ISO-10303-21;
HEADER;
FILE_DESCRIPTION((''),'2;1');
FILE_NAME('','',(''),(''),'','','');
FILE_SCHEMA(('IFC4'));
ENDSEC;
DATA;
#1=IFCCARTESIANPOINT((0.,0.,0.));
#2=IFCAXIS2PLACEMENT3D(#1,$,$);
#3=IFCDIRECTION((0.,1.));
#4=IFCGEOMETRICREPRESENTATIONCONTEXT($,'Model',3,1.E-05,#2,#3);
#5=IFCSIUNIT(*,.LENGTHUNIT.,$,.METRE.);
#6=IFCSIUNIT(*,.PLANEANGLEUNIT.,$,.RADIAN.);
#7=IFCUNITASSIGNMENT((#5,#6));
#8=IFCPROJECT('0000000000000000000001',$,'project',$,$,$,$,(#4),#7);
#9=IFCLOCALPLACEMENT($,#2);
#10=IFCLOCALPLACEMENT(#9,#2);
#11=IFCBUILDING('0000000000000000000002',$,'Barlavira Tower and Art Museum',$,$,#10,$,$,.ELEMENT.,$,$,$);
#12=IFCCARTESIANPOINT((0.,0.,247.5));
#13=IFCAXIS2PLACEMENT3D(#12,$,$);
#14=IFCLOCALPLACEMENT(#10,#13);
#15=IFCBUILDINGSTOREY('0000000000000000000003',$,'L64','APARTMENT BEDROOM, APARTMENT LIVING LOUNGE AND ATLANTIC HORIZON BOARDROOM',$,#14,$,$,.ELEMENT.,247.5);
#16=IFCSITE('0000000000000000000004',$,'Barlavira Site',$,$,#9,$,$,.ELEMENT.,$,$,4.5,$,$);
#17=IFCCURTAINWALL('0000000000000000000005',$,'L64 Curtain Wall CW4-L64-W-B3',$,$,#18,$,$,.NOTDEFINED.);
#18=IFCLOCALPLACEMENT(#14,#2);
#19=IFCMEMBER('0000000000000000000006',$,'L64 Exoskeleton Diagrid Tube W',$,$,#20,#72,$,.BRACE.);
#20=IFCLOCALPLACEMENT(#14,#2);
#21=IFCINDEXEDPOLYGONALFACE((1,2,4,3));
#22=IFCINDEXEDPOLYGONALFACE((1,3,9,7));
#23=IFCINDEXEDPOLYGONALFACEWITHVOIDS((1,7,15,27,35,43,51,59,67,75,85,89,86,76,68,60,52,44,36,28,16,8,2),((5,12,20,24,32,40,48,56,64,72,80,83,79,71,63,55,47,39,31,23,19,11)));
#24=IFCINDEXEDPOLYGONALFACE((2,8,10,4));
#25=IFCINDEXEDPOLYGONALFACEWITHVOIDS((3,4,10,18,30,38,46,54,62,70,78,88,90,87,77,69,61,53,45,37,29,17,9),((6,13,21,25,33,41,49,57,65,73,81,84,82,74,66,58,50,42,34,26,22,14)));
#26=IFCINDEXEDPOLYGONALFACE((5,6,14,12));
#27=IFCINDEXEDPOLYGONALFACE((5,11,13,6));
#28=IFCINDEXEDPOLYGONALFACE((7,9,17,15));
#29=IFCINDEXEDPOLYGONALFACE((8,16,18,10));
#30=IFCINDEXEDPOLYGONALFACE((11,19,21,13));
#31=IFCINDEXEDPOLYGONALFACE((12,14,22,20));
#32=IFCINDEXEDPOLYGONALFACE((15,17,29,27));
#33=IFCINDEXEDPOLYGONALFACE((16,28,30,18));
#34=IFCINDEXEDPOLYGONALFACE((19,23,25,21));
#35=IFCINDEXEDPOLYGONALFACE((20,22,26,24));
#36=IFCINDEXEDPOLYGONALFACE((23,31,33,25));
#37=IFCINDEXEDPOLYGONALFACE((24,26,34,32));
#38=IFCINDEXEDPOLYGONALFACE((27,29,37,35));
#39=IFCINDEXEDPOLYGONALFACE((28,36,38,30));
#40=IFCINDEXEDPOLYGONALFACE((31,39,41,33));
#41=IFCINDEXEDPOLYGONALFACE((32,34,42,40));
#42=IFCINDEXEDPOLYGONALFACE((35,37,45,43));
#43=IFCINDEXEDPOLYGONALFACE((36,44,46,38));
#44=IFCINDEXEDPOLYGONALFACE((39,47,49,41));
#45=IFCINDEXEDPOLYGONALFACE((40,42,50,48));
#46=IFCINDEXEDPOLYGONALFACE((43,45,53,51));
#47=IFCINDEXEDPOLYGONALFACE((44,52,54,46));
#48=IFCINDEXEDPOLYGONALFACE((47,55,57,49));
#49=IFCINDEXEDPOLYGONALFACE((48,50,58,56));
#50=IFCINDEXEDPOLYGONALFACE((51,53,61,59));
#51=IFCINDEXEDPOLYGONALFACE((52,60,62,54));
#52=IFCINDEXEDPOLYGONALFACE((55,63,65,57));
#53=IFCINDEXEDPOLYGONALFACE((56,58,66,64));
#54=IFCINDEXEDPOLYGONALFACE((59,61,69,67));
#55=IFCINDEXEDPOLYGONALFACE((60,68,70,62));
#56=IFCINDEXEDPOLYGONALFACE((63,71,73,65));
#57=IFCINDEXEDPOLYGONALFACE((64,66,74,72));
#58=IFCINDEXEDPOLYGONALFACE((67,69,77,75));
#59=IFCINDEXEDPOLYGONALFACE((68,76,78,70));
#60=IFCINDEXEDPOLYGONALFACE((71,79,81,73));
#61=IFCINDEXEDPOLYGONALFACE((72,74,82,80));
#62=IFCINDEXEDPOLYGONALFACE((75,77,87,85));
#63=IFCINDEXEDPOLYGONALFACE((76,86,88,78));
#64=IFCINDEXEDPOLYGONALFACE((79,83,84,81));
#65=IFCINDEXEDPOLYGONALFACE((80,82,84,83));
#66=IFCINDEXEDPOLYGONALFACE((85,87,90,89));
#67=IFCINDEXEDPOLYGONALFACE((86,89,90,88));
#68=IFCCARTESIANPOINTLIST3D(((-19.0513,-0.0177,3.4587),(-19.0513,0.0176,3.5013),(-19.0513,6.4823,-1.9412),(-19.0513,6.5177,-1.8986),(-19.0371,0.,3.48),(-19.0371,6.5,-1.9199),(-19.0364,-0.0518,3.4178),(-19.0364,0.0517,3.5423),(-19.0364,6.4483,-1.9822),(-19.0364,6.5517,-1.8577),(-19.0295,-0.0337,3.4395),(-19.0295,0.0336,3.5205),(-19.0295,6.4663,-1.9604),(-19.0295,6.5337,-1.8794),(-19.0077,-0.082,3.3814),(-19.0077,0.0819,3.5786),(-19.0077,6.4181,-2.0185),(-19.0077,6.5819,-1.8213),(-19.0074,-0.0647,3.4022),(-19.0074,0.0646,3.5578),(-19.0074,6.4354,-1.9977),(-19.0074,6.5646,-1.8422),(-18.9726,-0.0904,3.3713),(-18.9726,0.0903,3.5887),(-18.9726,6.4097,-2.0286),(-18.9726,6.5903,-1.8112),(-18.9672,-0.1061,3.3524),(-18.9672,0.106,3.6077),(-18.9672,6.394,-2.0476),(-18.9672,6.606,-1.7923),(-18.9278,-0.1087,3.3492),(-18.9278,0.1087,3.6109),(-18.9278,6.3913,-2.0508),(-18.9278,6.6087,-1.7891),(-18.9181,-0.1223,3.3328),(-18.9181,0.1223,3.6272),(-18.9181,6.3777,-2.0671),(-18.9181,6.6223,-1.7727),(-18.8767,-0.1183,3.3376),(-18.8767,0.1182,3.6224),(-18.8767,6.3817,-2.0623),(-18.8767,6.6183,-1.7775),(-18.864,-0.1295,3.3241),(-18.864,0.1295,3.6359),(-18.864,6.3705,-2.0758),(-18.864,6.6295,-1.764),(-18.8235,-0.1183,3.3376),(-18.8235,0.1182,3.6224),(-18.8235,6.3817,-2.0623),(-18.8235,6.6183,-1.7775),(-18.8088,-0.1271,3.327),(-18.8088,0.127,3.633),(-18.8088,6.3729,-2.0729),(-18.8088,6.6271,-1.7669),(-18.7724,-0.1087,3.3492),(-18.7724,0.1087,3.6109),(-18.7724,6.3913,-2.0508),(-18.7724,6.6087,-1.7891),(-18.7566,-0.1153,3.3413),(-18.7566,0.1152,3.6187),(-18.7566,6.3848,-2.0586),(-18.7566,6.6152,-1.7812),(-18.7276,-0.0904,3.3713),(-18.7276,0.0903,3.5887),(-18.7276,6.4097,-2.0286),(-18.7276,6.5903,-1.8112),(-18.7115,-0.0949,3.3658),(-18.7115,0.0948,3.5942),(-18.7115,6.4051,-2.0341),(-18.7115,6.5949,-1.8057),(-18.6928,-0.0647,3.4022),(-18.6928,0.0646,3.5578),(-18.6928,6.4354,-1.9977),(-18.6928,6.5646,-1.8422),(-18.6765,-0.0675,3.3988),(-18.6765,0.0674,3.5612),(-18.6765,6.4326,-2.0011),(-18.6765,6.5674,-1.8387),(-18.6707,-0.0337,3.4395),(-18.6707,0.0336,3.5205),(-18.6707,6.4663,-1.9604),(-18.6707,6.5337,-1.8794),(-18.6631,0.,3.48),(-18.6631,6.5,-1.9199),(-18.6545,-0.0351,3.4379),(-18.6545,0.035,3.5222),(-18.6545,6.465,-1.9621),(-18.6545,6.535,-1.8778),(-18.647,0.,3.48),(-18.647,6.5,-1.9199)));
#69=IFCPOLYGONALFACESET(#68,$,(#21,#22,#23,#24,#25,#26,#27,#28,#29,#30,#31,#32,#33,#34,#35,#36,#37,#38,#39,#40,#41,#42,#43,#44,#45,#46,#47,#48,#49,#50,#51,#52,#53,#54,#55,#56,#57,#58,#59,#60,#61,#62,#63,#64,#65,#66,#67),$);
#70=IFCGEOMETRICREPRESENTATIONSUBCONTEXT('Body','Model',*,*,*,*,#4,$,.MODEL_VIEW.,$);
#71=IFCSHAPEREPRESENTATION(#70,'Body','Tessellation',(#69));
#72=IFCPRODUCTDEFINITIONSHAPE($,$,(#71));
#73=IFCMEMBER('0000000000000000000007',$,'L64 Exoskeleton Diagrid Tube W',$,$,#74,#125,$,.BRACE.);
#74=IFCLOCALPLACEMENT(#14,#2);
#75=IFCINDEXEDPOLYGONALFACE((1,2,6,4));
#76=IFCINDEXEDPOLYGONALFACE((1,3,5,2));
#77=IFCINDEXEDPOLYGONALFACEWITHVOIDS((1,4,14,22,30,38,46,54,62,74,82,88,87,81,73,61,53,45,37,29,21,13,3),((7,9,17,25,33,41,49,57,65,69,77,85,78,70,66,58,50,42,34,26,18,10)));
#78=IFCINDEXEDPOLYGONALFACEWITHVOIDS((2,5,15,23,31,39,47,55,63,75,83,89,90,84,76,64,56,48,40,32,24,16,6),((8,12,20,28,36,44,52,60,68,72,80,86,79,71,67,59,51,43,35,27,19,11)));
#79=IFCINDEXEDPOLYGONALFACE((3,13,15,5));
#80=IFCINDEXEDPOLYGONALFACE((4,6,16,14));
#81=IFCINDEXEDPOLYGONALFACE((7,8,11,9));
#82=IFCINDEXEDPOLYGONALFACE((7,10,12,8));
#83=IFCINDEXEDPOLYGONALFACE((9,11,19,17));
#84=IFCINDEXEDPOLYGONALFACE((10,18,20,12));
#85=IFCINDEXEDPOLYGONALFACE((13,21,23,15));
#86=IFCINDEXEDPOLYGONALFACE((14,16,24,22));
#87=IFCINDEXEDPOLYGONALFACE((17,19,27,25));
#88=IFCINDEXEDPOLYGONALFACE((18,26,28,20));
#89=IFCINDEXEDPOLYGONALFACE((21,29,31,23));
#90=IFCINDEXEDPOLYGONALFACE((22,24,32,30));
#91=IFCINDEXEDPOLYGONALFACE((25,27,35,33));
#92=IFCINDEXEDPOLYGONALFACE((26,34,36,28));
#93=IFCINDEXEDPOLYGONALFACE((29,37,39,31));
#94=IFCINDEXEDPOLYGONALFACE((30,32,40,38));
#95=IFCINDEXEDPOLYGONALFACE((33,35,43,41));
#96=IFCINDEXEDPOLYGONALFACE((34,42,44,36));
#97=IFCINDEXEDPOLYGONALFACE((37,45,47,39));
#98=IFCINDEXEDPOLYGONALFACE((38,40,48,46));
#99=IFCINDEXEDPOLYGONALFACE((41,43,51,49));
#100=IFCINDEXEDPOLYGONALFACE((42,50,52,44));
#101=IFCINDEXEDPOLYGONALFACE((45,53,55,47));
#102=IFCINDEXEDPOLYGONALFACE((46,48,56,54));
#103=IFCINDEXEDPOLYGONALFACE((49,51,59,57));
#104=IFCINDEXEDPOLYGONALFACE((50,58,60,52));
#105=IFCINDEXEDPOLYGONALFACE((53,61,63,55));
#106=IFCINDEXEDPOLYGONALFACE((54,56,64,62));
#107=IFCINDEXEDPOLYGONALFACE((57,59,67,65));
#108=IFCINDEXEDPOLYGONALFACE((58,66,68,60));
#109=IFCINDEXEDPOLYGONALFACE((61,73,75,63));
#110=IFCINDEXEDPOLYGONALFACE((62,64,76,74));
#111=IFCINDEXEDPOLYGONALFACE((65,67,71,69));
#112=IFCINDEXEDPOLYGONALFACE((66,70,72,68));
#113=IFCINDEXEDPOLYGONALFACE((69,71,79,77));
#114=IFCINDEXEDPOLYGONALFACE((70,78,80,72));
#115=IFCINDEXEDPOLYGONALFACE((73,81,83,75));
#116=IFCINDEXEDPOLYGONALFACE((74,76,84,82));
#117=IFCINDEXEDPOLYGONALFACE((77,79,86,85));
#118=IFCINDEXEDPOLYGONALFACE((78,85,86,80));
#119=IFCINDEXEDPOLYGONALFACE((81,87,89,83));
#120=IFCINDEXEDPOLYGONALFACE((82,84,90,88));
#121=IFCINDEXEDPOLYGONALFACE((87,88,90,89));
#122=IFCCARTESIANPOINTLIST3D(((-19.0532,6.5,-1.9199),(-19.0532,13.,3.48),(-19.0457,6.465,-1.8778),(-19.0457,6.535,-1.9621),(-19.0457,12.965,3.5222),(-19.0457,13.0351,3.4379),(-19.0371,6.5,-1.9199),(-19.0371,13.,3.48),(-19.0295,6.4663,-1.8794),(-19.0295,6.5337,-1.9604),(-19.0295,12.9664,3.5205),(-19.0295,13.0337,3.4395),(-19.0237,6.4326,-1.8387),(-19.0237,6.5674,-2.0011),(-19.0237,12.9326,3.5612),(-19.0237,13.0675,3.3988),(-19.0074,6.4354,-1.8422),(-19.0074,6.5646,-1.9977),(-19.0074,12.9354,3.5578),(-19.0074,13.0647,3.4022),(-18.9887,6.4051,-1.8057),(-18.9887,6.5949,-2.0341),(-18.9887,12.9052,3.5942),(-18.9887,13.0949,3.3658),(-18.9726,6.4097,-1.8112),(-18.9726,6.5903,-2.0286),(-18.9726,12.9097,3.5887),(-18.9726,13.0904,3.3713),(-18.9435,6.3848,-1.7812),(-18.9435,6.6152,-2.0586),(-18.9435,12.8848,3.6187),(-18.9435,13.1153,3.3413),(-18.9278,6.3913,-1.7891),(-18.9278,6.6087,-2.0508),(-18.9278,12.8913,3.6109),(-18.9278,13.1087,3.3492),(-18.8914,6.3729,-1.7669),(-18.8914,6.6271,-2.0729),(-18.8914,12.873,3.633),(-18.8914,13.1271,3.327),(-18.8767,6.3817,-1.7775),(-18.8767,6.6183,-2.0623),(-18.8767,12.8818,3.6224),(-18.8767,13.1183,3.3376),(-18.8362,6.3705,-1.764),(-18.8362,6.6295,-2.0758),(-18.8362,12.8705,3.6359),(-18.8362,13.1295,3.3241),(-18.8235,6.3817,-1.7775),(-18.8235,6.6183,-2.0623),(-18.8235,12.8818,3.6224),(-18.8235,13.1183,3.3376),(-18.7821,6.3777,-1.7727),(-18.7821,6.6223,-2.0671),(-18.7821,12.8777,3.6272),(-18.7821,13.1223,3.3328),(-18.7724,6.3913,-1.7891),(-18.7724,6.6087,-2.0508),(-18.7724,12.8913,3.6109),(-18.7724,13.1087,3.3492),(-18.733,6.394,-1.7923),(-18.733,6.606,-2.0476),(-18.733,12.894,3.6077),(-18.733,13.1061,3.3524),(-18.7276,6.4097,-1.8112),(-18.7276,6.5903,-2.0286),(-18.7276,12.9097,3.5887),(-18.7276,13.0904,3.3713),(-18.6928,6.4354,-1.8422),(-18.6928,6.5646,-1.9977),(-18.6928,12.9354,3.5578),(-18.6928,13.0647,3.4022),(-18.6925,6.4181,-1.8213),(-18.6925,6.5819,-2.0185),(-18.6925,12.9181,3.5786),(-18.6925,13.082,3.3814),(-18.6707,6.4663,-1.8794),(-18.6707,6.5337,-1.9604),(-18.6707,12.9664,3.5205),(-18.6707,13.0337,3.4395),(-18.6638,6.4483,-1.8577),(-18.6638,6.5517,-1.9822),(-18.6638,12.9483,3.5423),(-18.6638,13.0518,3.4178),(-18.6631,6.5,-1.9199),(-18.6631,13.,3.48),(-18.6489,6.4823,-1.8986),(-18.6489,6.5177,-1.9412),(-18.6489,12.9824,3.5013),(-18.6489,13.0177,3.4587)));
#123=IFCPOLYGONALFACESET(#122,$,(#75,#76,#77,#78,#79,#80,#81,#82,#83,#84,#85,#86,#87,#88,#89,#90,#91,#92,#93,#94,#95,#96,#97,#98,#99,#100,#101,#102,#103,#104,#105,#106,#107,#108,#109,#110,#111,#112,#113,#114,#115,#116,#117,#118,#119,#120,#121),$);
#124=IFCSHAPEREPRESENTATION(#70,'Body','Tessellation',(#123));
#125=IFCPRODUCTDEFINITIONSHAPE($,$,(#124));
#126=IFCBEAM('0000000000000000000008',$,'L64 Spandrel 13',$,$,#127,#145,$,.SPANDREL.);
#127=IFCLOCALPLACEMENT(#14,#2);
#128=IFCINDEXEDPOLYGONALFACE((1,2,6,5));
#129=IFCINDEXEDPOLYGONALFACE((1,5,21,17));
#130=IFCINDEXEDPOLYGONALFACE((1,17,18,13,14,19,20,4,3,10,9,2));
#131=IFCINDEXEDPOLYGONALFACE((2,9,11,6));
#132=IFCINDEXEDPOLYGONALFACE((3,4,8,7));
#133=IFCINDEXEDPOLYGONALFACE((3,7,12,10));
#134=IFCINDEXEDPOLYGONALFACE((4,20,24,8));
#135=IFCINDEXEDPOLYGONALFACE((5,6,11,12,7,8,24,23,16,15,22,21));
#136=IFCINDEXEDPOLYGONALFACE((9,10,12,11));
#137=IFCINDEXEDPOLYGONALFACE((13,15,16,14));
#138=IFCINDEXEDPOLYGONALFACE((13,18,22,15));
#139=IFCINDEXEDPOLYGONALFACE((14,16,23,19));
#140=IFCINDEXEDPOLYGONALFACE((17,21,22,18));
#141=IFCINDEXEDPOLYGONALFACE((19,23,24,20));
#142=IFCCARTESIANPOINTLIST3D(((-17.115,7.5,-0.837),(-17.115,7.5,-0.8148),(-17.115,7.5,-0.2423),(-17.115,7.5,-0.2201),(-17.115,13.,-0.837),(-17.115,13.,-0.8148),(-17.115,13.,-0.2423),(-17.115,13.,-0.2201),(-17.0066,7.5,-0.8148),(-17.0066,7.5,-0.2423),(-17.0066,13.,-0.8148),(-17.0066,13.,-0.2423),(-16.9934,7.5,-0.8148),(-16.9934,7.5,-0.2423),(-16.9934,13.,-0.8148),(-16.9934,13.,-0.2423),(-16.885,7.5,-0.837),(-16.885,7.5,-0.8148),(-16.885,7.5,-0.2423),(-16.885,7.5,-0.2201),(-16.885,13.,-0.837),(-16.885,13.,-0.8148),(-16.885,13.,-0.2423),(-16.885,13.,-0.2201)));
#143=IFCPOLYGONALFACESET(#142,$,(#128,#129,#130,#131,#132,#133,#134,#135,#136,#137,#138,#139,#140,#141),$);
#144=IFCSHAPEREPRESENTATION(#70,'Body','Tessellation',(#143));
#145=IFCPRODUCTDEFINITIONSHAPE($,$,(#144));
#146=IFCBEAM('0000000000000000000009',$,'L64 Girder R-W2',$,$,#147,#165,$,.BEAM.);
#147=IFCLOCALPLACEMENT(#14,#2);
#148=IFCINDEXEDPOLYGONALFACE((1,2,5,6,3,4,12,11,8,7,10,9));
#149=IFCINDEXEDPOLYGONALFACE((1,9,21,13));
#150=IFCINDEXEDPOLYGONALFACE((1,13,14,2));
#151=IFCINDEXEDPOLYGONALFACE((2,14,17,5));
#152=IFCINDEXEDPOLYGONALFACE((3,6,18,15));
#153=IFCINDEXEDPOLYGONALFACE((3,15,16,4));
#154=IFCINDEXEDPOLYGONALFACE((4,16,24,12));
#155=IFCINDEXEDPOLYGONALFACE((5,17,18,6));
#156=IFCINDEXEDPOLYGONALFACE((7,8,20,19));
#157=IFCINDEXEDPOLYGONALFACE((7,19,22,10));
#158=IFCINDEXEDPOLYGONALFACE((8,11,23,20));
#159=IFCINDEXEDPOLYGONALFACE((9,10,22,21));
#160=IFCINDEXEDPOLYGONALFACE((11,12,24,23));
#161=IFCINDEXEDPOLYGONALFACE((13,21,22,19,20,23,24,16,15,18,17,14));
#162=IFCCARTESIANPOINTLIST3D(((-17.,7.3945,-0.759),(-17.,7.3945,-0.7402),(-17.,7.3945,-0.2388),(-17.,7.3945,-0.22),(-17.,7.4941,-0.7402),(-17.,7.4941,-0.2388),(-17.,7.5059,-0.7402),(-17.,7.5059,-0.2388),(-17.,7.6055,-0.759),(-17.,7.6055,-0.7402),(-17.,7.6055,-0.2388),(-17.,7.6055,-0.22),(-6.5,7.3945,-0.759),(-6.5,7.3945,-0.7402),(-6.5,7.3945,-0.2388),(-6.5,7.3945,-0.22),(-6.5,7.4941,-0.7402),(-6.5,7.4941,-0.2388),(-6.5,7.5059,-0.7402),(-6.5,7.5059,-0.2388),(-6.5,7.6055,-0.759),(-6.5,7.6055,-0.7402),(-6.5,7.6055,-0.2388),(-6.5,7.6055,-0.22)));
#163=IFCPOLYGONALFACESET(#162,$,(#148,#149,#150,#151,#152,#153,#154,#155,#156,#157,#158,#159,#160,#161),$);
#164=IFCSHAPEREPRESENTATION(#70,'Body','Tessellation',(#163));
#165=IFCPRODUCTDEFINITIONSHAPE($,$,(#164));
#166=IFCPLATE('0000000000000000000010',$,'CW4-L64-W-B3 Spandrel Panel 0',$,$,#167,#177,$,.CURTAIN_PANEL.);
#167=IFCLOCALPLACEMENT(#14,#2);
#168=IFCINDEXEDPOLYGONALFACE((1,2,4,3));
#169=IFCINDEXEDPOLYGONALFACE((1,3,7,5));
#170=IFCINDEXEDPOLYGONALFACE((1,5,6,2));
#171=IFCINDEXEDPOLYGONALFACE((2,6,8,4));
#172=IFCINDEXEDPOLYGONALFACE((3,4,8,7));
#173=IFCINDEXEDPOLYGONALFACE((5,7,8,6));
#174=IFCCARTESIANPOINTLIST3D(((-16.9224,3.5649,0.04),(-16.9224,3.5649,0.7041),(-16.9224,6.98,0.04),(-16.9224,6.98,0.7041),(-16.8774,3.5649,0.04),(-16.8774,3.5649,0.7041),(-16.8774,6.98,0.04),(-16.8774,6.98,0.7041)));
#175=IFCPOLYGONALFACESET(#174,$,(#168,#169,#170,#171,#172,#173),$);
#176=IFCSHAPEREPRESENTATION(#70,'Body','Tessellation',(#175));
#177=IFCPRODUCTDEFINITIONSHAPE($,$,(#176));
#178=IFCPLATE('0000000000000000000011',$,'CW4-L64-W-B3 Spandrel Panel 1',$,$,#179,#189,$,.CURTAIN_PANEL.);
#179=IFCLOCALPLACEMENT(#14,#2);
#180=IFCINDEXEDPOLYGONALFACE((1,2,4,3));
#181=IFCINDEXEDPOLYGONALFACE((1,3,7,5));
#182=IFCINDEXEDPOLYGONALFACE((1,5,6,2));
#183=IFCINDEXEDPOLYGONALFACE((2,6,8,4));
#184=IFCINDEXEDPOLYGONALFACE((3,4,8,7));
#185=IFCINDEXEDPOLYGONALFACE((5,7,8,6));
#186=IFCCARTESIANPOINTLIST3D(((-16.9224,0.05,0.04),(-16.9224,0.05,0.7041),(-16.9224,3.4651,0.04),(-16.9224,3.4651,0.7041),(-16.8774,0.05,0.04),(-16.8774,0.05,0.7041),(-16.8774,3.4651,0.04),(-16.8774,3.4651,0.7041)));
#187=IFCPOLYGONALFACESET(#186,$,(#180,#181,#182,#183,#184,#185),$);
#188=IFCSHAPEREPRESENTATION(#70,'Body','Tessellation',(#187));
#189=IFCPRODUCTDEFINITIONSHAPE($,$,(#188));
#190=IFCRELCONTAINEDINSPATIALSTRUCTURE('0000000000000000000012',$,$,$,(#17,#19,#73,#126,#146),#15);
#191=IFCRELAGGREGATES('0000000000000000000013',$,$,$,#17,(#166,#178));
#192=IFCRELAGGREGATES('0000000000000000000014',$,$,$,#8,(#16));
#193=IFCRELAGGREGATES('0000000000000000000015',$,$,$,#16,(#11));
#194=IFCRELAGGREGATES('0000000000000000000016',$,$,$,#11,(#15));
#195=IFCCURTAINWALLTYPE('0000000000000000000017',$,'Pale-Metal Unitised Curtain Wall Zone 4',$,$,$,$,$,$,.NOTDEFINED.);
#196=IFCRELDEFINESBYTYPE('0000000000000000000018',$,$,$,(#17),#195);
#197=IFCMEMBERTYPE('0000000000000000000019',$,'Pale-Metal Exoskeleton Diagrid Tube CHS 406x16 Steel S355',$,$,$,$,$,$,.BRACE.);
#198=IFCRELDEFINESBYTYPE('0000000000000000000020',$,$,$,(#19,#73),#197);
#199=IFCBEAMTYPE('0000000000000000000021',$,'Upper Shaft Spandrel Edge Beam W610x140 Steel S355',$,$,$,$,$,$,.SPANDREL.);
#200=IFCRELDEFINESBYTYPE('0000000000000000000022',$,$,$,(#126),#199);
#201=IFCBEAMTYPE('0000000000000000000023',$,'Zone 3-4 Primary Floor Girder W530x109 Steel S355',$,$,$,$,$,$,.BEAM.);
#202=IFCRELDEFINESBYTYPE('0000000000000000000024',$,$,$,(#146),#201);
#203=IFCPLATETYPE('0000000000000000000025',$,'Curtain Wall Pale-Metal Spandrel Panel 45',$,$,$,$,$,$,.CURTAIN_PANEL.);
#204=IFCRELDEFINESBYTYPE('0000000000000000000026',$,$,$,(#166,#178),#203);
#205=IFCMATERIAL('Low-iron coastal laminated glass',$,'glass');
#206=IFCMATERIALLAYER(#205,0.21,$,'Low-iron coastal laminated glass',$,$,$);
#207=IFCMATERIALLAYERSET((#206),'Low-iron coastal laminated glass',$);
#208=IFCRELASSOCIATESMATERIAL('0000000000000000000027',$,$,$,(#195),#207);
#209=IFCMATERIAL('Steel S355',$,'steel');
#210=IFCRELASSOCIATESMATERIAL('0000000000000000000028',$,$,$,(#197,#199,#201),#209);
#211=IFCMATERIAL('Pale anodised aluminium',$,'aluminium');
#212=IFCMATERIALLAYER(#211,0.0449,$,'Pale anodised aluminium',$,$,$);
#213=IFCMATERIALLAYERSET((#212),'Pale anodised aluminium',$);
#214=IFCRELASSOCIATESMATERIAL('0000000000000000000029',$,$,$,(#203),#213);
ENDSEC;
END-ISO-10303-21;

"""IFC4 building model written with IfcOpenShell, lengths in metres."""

from ifc_helpers import new_model, si_unit, direction, frame, origin, origin_2d, place, context, subcontext, project, spatial, rectangle, hollow_circle, i_section, extrude, material, layer, layer_set, material_profile, profile_set, type_object, element, aggregate, save


model = new_model("IFC4")

# Units and contexts
model_context = context("Model", 3, precision=1e-05, world=origin(), true_north=direction((0.0, 1.0)))
body_context = subcontext(model_context, "Body", "Model", "MODEL_VIEW")
ifc_project = project(units=[si_unit("LENGTHUNIT", "METRE"), si_unit("PLANEANGLEUNIT", "RADIAN")], contexts=[model_context])

# Site, building, storey
site_placement = place(None, origin())
site = spatial("IfcSite", under=ifc_project, at=site_placement, Name="Barlavira Site", CompositionType="ELEMENT", RefElevation=4.5)
building_placement = place(site_placement, origin())
building = spatial("IfcBuilding", under=site, at=building_placement, Name="Barlavira Tower and Art Museum", CompositionType="ELEMENT")
storey_placement = place(building_placement, frame((0.0, 0.0, 247.5)))
storey = spatial("IfcBuildingStorey", under=building, at=storey_placement, Name="L64", Description="APARTMENT BEDROOM, APARTMENT LIVING LOUNGE AND ATLANTIC HORIZON BOARDROOM", CompositionType="ELEMENT", Elevation=247.5)

# Curtain wall
ifc_material_1 = material(Name="Low-iron coastal laminated glass", Category="glass")
ifc_layer_1 = layer(ifc_material_1, 0.21, Name="Low-iron coastal laminated glass")
ifc_layer_set_1 = layer_set([ifc_layer_1], Name="Low-iron coastal laminated glass")
curtain_wall_type = type_object("IfcCurtainWallType", Name="Pale-Metal Unitised Curtain Wall Zone 4", PredefinedType="NOTDEFINED", material=ifc_layer_set_1)
curtain_wall_placement = place(storey_placement, origin())
curtain_wall = element("IfcCurtainWall", 1, at=curtain_wall_placement, inside=storey, type_object=curtain_wall_type, Name="L64 Curtain Wall CW4-L64-W-B3", PredefinedType="NOTDEFINED")
ifc_material_2 = material(Name="Pale anodised aluminium", Category="aluminium")

# Members
ifc_material_3 = material(Name="Steel S355", Category="steel")
ifc_material_profile_1 = material_profile(ifc_material_3, hollow_circle(Radius=0.2031, WallThickness=0.0161, at=origin_2d()), Name="CHS 406.4x16.0")
ifc_profile_set_1 = profile_set([ifc_material_profile_1], Name="Steel S355")
member_type_1 = type_object("IfcMemberType", Name="Pale-Metal Exoskeleton Diagrid Tube CHS 406x16 Steel S355", PredefinedType="BRACE", material=ifc_profile_set_1)
for number, where, z_axis, x_axis, name in (
    (2, (-18.8501, 6.5, -1.9199), (0.0, -0.769196, 0.639013), (1.0, 0.0, 0.0), "L64 Exoskeleton Diagrid Tube W"),
    (3, (-18.8501, 6.5, -1.9199), (0.0, 0.769196, 0.639013), (-1.0, 0.0, 0.0), "L64 Exoskeleton Diagrid Tube W"),
):
    element("IfcMember", number, at=place(storey_placement, frame(where, z_axis=z_axis, x_axis=x_axis)), inside=storey, type_object=member_type_1, Name=name, PredefinedType="BRACE", context=body_context, shape_type="SweptSolid", body=[
        extrude(hollow_circle(Radius=0.2031, WallThickness=0.0161, at=origin_2d()), origin(), (0.0, 0.0, 1.0), 8.4504),
    ])

# Beams
ifc_material_profile_2 = material_profile(ifc_material_3, i_section(OverallWidth=0.23, OverallDepth=0.6169, WebThickness=0.0132, FlangeThickness=0.0222, at=origin_2d()), Name="W610x140.0")
ifc_profile_set_2 = profile_set([ifc_material_profile_2], Name="Steel S355")
beam_type_1 = type_object("IfcBeamType", Name="Upper Shaft Spandrel Edge Beam W610x140 Steel S355", PredefinedType="SPANDREL", material=ifc_profile_set_2)
beam_1_placement = place(storey_placement, frame((-17.0, 7.5, -0.5286), z_axis=(0.0, 1.0, 0.0), x_axis=(-1.0, 0.0, 0.0)))
element("IfcBeam", 4, at=beam_1_placement, inside=storey, type_object=beam_type_1, Name="L64 Spandrel 13", PredefinedType="SPANDREL", context=body_context, shape_type="SweptSolid", body=[
    extrude(i_section(OverallWidth=0.23, OverallDepth=0.6169, WebThickness=0.0132, FlangeThickness=0.0222, at=origin_2d()), origin(), (0.0, 0.0, 1.0), 5.5),
])
ifc_material_profile_3 = material_profile(ifc_material_3, i_section(OverallWidth=0.2109, OverallDepth=0.5391, WebThickness=0.0117, FlangeThickness=0.0188, at=origin_2d()), Name="W530x109.0")
ifc_profile_set_3 = profile_set([ifc_material_profile_3], Name="Steel S355")
beam_type_2 = type_object("IfcBeamType", Name="Zone 3-4 Primary Floor Girder W530x109 Steel S355", PredefinedType="BEAM", material=ifc_profile_set_3)
beam_2_placement = place(storey_placement, frame((-17.0, 7.5, -0.4895), z_axis=(1.0, 0.0, 0.0), x_axis=(0.0, 1.0, 0.0)))
element("IfcBeam", 5, at=beam_2_placement, inside=storey, type_object=beam_type_2, Name="L64 Girder R-W2", PredefinedType="BEAM", context=body_context, shape_type="SweptSolid", body=[
    extrude(i_section(OverallWidth=0.2109, OverallDepth=0.5391, WebThickness=0.0117, FlangeThickness=0.0188, at=origin_2d()), origin(), (0.0, 0.0, 1.0), 10.5),
])

# Plates
ifc_layer_2 = layer(ifc_material_2, 0.0449, Name="Pale anodised aluminium")
ifc_layer_set_2 = layer_set([ifc_layer_2], Name="Pale anodised aluminium")
plate_type_1 = type_object("IfcPlateType", Name="Curtain Wall Pale-Metal Spandrel Panel 45", PredefinedType="CURTAIN_PANEL", material=ifc_layer_set_2)
plate_1_placement = place(storey_placement, frame((-16.8999, 5.2725, 0.04), z_axis=(0.0, 0.0, 1.0), x_axis=(0.0, -1.0, 0.0)))
plate_1 = element("IfcPlate", 6, at=plate_1_placement, type_object=plate_type_1, Name="CW4-L64-W-B3 Spandrel Panel 0", PredefinedType="CURTAIN_PANEL", context=body_context, shape_type="SweptSolid", body=[
    extrude(rectangle(XDim=3.415, YDim=0.0449, at=origin_2d()), origin(), (0.0, 0.0, 1.0), 0.6641),
])
plate_2_placement = place(storey_placement, frame((-16.8999, 1.7576, 0.04), z_axis=(0.0, 0.0, 1.0), x_axis=(0.0, -1.0, 0.0)))
plate_2 = element("IfcPlate", 7, at=plate_2_placement, type_object=plate_type_1, Name="CW4-L64-W-B3 Spandrel Panel 1", PredefinedType="CURTAIN_PANEL", context=body_context, shape_type="SweptSolid", body=[
    extrude(rectangle(XDim=3.415, YDim=0.0449, at=origin_2d()), origin(), (0.0, 0.0, 1.0), 0.6641),
])
aggregate(curtain_wall, [plate_1, plate_2])

save(model, "model.ifc")
